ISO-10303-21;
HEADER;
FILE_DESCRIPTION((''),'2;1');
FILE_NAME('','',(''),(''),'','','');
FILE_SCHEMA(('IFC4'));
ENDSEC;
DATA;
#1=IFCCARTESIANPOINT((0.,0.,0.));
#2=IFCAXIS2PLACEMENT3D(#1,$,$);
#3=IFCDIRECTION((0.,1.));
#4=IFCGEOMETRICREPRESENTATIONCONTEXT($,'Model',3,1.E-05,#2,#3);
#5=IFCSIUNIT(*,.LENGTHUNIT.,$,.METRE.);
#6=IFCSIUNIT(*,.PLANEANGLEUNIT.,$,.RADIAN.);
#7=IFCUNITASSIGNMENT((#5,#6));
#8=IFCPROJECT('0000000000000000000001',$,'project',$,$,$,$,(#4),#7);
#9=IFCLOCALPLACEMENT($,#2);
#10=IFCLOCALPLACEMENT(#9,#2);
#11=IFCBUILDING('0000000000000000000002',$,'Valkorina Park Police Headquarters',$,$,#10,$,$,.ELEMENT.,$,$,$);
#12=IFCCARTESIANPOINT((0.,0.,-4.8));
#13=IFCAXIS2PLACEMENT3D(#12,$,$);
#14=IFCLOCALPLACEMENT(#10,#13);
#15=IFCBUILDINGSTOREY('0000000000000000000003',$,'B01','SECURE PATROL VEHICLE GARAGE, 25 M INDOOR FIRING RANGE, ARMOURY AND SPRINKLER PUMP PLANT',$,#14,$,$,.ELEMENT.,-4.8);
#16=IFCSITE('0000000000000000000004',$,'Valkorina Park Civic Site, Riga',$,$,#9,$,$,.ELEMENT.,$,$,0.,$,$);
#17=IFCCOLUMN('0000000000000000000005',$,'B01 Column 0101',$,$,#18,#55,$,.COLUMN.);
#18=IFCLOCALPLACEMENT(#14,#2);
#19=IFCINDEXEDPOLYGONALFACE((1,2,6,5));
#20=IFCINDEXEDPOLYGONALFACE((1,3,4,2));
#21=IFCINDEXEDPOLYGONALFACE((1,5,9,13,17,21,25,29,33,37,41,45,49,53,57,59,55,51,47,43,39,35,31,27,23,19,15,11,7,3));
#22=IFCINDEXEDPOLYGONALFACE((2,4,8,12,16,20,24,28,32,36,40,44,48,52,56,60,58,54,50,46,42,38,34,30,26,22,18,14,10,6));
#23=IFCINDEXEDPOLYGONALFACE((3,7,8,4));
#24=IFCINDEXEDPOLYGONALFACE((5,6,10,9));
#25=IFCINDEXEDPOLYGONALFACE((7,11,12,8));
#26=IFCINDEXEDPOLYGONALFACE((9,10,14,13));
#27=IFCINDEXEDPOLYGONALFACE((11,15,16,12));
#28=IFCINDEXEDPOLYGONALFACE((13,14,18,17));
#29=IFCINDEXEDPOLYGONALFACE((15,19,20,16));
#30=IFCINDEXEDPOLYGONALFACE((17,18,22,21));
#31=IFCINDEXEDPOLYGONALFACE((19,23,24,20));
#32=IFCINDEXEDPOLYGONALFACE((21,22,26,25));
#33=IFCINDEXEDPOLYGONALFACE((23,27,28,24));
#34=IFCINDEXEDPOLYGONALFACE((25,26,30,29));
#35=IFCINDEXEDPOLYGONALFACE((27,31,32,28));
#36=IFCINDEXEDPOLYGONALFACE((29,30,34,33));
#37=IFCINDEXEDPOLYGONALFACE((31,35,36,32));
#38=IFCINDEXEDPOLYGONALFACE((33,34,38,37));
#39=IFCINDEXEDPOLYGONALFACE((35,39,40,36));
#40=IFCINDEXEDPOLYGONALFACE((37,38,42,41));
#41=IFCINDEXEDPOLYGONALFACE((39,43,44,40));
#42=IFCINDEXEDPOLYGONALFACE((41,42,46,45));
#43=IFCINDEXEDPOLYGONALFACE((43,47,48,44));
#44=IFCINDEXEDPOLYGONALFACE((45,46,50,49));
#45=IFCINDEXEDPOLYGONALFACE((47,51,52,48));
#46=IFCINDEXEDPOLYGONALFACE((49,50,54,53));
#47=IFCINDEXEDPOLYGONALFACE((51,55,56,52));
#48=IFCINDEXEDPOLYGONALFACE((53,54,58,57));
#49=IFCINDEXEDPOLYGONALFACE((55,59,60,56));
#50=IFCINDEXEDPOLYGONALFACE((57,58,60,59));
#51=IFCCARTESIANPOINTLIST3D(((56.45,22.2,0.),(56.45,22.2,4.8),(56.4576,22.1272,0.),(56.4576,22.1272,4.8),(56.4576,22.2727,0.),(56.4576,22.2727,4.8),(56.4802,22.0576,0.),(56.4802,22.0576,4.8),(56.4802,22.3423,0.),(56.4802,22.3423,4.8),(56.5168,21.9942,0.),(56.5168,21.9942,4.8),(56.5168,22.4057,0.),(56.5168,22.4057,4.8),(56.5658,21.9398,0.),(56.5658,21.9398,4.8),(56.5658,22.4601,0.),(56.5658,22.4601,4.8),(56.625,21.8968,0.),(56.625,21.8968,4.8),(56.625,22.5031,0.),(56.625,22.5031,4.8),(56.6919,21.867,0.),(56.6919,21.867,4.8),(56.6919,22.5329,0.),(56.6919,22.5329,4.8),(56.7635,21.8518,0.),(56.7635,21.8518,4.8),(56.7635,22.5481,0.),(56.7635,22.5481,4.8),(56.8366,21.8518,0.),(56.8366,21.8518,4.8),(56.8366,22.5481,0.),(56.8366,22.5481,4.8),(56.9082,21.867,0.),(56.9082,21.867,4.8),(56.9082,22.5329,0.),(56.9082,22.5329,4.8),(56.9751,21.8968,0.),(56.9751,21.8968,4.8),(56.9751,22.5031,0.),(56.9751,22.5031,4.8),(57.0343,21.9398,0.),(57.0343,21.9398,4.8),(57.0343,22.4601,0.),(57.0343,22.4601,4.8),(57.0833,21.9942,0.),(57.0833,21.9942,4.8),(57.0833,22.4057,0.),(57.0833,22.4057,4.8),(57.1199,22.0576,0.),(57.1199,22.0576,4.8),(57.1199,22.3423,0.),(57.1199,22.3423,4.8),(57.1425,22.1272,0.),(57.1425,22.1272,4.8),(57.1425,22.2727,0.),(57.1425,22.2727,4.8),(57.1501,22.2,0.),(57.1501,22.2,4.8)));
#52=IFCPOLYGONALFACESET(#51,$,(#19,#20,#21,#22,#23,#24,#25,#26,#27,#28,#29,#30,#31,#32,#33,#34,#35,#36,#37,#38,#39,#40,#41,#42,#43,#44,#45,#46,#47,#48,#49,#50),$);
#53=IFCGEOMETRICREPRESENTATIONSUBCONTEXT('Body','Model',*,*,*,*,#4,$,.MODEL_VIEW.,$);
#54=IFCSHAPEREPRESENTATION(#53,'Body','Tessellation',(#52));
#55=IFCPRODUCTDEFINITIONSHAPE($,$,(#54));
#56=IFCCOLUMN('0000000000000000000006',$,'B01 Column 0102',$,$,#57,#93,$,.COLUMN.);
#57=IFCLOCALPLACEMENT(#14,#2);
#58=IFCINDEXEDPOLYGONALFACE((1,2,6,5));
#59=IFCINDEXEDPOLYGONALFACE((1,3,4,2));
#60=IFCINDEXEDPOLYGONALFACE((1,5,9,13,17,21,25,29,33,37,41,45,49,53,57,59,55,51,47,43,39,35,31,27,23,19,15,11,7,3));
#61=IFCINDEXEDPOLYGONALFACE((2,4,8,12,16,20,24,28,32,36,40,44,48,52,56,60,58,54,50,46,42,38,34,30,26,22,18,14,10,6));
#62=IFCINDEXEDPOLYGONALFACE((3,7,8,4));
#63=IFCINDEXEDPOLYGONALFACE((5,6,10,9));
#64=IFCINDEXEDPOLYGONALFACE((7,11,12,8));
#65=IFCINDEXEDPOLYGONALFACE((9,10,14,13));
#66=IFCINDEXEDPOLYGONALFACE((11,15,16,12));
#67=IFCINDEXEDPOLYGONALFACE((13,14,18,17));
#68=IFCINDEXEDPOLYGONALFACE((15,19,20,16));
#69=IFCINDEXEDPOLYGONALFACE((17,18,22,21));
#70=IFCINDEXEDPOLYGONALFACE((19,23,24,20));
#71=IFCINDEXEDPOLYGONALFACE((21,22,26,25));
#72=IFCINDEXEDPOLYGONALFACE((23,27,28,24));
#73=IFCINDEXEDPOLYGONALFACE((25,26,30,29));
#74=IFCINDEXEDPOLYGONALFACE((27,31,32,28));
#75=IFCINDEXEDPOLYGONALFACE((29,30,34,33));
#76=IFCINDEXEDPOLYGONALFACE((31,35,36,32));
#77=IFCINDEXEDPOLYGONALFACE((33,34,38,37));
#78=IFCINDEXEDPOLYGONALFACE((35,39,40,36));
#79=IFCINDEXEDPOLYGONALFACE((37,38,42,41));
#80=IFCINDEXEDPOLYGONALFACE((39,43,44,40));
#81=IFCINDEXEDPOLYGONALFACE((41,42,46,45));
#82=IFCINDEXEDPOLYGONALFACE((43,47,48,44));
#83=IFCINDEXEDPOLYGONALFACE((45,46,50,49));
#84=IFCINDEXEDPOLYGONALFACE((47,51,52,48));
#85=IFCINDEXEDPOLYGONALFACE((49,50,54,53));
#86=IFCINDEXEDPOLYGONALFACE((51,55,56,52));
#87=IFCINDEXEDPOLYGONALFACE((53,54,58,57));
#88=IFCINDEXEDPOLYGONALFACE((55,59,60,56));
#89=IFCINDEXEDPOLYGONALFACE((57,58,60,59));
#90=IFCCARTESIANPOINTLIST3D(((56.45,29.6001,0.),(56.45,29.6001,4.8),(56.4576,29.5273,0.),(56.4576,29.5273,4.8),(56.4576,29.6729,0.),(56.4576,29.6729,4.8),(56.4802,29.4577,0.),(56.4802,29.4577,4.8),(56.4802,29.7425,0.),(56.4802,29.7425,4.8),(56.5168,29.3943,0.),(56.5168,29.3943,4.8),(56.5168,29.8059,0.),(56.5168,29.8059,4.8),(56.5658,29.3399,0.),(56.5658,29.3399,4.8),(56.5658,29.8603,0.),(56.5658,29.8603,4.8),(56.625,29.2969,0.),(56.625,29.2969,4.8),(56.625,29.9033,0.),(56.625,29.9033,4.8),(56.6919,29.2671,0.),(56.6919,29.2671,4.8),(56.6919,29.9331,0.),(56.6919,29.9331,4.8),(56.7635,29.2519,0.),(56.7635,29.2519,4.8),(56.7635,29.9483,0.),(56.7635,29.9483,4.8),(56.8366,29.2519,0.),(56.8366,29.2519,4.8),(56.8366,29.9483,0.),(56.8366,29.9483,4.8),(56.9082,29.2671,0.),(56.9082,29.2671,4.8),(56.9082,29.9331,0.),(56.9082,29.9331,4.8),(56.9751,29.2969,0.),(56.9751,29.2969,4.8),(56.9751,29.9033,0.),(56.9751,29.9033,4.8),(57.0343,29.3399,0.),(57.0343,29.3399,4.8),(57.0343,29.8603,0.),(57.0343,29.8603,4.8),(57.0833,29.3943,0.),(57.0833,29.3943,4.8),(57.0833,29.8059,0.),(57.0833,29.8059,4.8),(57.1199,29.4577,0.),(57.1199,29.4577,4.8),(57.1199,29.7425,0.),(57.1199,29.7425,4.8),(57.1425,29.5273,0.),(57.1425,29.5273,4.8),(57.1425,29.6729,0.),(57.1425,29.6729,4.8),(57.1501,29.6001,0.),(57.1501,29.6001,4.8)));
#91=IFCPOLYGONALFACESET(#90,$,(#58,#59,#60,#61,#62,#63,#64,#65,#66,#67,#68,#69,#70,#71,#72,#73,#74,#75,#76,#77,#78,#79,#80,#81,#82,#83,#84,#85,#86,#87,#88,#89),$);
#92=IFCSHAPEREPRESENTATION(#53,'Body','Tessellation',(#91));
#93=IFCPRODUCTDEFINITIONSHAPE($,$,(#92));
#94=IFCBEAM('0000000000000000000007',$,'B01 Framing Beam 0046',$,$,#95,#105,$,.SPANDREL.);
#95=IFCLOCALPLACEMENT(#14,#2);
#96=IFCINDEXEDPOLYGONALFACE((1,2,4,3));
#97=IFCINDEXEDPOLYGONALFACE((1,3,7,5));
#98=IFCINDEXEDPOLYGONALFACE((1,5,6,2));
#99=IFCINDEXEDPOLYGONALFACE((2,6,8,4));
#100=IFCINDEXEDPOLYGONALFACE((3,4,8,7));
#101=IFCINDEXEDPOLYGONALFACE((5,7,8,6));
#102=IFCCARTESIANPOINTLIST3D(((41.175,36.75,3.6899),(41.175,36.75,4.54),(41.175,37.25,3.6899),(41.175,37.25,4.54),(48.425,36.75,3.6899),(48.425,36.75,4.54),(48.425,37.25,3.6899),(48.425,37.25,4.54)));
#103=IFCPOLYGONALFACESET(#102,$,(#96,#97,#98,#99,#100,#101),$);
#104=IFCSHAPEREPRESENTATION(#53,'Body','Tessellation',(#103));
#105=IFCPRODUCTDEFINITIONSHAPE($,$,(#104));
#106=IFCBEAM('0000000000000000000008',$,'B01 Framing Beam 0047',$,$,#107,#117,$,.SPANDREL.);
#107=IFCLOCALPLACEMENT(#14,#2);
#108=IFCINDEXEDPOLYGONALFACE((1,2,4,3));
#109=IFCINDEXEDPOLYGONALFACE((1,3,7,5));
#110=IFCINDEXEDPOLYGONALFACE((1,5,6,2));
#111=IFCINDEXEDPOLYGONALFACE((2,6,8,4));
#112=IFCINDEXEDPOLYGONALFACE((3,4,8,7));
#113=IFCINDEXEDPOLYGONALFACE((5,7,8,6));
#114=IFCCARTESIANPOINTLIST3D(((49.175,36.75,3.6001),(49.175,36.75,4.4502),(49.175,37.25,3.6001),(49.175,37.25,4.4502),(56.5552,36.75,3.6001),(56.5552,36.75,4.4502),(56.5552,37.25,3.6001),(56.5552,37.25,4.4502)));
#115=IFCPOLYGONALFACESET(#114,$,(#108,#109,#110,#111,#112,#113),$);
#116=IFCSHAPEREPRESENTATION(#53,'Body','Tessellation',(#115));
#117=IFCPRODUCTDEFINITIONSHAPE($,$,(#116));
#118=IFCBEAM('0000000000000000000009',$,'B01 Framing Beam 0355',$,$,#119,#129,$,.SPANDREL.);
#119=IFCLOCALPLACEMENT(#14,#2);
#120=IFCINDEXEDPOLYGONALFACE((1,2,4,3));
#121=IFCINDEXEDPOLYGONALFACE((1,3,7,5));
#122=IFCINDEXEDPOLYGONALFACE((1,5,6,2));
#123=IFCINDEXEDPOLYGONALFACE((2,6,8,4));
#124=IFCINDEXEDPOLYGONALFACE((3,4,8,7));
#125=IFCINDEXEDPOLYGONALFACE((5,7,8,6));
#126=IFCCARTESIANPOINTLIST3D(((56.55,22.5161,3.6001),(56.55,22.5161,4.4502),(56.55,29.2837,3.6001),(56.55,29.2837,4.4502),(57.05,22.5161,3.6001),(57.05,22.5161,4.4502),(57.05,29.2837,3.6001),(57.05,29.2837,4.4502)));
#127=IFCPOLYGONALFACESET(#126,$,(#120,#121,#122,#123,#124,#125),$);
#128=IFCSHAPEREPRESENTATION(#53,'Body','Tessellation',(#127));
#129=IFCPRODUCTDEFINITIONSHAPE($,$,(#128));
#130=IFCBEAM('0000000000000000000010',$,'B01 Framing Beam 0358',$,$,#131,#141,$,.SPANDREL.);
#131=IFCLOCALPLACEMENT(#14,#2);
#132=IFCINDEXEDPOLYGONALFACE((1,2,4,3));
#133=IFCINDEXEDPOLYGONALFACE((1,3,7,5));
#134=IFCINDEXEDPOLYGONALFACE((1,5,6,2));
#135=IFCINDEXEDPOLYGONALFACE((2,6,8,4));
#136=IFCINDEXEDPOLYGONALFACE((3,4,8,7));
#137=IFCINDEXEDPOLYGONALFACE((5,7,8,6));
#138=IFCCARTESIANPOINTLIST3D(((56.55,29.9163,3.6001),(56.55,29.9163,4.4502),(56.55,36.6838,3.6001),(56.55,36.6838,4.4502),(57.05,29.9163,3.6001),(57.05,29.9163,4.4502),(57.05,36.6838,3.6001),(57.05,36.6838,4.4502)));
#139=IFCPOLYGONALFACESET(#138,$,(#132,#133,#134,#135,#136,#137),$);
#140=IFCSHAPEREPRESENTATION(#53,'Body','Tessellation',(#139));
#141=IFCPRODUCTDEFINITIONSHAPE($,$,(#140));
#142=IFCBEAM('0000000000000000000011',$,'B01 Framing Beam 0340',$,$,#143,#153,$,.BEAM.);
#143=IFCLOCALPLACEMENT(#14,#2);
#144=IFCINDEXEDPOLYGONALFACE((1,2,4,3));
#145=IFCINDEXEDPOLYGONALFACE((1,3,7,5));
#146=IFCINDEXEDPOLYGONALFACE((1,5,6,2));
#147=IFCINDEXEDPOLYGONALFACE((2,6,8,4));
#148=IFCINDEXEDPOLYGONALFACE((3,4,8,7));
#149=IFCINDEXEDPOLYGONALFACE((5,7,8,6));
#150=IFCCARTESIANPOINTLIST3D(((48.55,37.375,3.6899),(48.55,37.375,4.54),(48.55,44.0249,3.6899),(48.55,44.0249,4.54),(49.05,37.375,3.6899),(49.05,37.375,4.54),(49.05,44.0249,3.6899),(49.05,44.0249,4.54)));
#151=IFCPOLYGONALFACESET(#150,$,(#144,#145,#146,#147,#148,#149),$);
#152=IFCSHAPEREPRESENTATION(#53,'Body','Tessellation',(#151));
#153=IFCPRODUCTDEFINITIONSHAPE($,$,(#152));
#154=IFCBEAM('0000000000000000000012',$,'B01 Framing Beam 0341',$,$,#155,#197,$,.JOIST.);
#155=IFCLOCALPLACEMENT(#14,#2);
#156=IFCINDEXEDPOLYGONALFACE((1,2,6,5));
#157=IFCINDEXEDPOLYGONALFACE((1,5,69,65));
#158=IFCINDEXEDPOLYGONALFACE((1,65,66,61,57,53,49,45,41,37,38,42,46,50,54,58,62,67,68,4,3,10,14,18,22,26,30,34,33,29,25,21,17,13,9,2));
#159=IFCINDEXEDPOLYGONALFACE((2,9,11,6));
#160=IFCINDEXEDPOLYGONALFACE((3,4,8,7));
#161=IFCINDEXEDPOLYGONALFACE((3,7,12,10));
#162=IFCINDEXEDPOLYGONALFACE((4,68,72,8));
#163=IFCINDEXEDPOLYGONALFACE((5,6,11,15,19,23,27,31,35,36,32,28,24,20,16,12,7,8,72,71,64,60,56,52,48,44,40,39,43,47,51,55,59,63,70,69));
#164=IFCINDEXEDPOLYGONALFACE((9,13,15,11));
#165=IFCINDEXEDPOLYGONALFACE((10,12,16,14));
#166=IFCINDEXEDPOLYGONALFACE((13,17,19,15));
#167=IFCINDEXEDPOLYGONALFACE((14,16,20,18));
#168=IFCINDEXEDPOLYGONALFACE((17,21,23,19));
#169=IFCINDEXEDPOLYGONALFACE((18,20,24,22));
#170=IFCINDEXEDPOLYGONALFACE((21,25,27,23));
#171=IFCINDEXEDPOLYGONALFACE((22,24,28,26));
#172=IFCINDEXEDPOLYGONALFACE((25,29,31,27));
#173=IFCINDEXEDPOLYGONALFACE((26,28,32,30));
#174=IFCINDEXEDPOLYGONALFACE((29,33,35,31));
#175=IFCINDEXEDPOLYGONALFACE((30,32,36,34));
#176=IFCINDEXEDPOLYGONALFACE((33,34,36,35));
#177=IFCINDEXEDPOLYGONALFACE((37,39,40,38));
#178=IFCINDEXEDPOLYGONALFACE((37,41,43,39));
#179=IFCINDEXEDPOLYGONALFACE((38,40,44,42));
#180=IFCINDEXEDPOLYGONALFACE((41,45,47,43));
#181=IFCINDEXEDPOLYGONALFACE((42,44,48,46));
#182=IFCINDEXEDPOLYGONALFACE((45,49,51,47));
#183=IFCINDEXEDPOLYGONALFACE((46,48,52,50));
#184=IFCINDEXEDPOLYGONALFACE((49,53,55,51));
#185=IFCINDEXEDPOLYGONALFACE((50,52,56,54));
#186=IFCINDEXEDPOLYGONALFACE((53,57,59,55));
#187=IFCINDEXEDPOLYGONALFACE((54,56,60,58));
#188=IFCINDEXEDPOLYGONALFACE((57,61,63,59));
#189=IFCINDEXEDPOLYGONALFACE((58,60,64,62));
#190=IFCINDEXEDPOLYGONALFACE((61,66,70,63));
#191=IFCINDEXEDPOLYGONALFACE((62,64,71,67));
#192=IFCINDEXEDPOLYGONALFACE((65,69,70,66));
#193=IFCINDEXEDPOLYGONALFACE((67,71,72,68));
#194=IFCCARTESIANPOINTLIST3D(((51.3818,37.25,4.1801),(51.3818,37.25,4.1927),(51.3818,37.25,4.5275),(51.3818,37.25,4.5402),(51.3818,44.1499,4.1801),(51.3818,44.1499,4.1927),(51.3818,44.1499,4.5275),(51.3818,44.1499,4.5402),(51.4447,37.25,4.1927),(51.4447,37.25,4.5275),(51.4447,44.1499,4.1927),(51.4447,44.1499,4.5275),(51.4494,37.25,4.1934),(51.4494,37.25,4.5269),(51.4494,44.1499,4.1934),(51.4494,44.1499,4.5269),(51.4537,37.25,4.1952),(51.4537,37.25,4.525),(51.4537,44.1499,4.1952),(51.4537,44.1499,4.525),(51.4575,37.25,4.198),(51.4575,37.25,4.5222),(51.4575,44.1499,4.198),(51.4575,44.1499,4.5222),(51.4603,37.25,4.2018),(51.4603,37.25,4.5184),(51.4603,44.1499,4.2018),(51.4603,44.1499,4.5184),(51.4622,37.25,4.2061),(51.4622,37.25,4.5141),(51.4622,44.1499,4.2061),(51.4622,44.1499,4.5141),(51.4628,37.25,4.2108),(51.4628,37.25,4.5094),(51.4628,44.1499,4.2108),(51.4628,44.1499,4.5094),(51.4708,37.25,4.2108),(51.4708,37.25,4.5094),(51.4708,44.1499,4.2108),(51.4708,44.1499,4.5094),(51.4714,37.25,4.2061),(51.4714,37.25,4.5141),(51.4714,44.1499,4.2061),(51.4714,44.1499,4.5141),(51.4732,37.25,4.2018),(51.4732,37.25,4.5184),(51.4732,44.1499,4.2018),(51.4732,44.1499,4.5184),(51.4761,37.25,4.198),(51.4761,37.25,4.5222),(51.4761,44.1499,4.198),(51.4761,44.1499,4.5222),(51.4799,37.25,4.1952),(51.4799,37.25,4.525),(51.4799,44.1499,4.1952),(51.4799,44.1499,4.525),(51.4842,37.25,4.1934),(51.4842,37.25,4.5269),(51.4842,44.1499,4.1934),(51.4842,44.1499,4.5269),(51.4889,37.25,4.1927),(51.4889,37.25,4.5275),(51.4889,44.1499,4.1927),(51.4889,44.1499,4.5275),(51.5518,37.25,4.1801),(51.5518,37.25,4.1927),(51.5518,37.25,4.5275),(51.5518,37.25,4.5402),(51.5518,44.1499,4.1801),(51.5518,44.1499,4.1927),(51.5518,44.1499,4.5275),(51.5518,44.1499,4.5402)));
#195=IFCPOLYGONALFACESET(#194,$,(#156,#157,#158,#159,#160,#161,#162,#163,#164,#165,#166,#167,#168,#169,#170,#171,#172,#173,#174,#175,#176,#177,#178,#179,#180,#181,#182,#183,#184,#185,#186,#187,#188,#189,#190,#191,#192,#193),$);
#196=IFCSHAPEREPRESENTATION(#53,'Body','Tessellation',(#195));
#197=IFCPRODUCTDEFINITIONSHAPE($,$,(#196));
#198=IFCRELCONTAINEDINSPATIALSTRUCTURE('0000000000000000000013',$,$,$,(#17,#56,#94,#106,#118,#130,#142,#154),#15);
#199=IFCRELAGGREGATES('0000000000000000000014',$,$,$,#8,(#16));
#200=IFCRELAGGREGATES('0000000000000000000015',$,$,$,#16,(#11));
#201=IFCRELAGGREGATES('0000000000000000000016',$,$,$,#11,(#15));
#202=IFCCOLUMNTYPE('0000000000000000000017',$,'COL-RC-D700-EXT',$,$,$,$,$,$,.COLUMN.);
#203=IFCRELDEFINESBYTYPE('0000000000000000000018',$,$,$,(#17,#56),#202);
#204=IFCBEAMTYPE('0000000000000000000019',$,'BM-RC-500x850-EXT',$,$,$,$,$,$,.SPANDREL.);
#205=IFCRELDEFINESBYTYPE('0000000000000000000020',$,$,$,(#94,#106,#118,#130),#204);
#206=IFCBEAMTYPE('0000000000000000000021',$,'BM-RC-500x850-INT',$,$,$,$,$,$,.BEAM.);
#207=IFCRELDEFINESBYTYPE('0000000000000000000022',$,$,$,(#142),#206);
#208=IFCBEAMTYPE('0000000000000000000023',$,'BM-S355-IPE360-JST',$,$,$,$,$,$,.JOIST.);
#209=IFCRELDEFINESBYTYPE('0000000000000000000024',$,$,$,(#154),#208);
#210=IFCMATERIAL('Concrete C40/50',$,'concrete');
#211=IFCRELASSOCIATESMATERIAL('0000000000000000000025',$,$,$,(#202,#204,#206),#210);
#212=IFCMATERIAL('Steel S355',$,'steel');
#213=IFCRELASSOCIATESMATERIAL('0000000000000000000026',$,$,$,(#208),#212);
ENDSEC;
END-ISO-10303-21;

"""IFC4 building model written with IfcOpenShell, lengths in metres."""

from ifc_helpers import new_model, si_unit, direction, frame, origin, origin_2d, place, context, subcontext, project, spatial, rectangle, circle, i_section, extrude, material, material_profile, profile_set, type_object, element, save


model = new_model("IFC4")

# Units and contexts
model_context = context("Model", 3, precision=1e-05, world=origin(), true_north=direction((0.0, 1.0)))
body_context = subcontext(model_context, "Body", "Model", "MODEL_VIEW")
ifc_project = project(units=[si_unit("LENGTHUNIT", "METRE"), si_unit("PLANEANGLEUNIT", "RADIAN")], contexts=[model_context])

# Site, building, storey
site_placement = place(None, origin())
site = spatial("IfcSite", under=ifc_project, at=site_placement, Name="Valkorina Park Civic Site, Riga", CompositionType="ELEMENT", RefElevation=0.0)
building_placement = place(site_placement, origin())
building = spatial("IfcBuilding", under=site, at=building_placement, Name="Valkorina Park Police Headquarters", CompositionType="ELEMENT")
storey_placement = place(building_placement, frame((0.0, 0.0, -4.8)))
storey = spatial("IfcBuildingStorey", under=building, at=storey_placement, Name="B01", Description="SECURE PATROL VEHICLE GARAGE, 25 M INDOOR FIRING RANGE, ARMOURY AND SPRINKLER PUMP PLANT", CompositionType="ELEMENT", Elevation=-4.8)

# Shared definitions
ifc_material_1 = material(Name="Concrete C40/50", Category="concrete")

# Columns
ifc_material_profile_1 = material_profile(ifc_material_1, circle(Radius=0.3501, at=origin_2d()), Name="RC COL D700")
ifc_profile_set_1 = profile_set([ifc_material_profile_1], Name="Concrete C40/50")
column_type_1 = type_object("IfcColumnType", Name="COL-RC-D700-EXT", PredefinedType="COLUMN", material=ifc_profile_set_1)
for number, where, z_axis, x_axis, name in (
    (1, (56.8, 22.2, 0.0), (0.0, 0.0, 1.0), (1.0, 0.0, 0.0), "B01 Column 0101"),
    (2, (56.8, 29.6001, 0.0), (0.0, 0.0, 1.0), (1.0, 0.0, 0.0), "B01 Column 0102"),
):
    element("IfcColumn", number, at=place(storey_placement, frame(where, z_axis=z_axis, x_axis=x_axis)), inside=storey, type_object=column_type_1, Name=name, PredefinedType="COLUMN", context=body_context, shape_type="SweptSolid", body=[
        extrude(circle(Radius=0.3501, at=origin_2d()), origin(), (0.0, 0.0, 1.0), 4.8),
    ])

# Beams
ifc_material_profile_2 = material_profile(ifc_material_1, rectangle(XDim=0.5, YDim=0.8501, at=origin_2d()), Name="RC BEAM 500x850")
ifc_profile_set_2 = profile_set([ifc_material_profile_2], Name="Concrete C40/50")
beam_type_1 = type_object("IfcBeamType", Name="BM-RC-500x850-EXT", PredefinedType="SPANDREL", material=ifc_profile_set_2)
beam_1_placement = place(storey_placement, frame((41.175, 37.0, 4.115), z_axis=(1.0, 0.0, 0.0), x_axis=(0.0, 1.0, 0.0)))
element("IfcBeam", 3, at=beam_1_placement, inside=storey, type_object=beam_type_1, Name="B01 Framing Beam 0046", PredefinedType="SPANDREL", context=body_context, shape_type="SweptSolid", body=[
    extrude(rectangle(XDim=0.5, YDim=0.8501, at=origin_2d()), origin(), (0.0, 0.0, 1.0), 7.25),
])
beam_2_placement = place(storey_placement, frame((49.175, 37.0, 4.0251), z_axis=(1.0, 0.0, 0.0), x_axis=(0.0, 1.0, 0.0)))
element("IfcBeam", 4, at=beam_2_placement, inside=storey, type_object=beam_type_1, Name="B01 Framing Beam 0047", PredefinedType="SPANDREL", context=body_context, shape_type="SweptSolid", body=[
    extrude(rectangle(XDim=0.5, YDim=0.8501, at=origin_2d()), origin(), (0.0, 0.0, 1.0), 7.3801),
])
for number, where, z_axis, x_axis, name in (
    (5, (56.8, 22.5161, 4.0251), (0.0, 1.0, 0.0), (-1.0, 0.0, 0.0), "B01 Framing Beam 0355"),
    (6, (56.8, 29.9163, 4.0251), (0.0, 1.0, 0.0), (-1.0, 0.0, 0.0), "B01 Framing Beam 0358"),
):
    element("IfcBeam", number, at=place(storey_placement, frame(where, z_axis=z_axis, x_axis=x_axis)), inside=storey, type_object=beam_type_1, Name=name, PredefinedType="SPANDREL", context=body_context, shape_type="SweptSolid", body=[
        extrude(rectangle(XDim=0.5, YDim=0.8501, at=origin_2d()), origin(), (0.0, 0.0, 1.0), 6.7676),
    ])
ifc_material_profile_3 = material_profile(ifc_material_1, rectangle(XDim=0.5, YDim=0.8501, at=origin_2d()), Name="RC BEAM 500x850")
ifc_profile_set_3 = profile_set([ifc_material_profile_3], Name="Concrete C40/50")
beam_type_2 = type_object("IfcBeamType", Name="BM-RC-500x850-INT", PredefinedType="BEAM", material=ifc_profile_set_3)
beam_3_placement = place(storey_placement, frame((48.8, 37.375, 4.115), z_axis=(0.0, 1.0, 0.0), x_axis=(-1.0, 0.0, 0.0)))
element("IfcBeam", 7, at=beam_3_placement, inside=storey, type_object=beam_type_2, Name="B01 Framing Beam 0340", PredefinedType="BEAM", context=body_context, shape_type="SweptSolid", body=[
    extrude(rectangle(XDim=0.5, YDim=0.8501, at=origin_2d()), origin(), (0.0, 0.0, 1.0), 6.6499),
])
ifc_material_2 = material(Name="Steel S355", Category="steel")
ifc_material_profile_4 = material_profile(ifc_material_2, i_section(OverallWidth=0.1699, OverallDepth=0.3601, WebThickness=0.0081, FlangeThickness=0.0127, FilletRadius=0.0181, at=origin_2d()), Name="IPE 360")
ifc_profile_set_4 = profile_set([ifc_material_profile_4], Name="Steel S355")
beam_type_3 = type_object("IfcBeamType", Name="BM-S355-IPE360-JST", PredefinedType="JOIST", material=ifc_profile_set_4)
for number, where, z_axis, x_axis, name in (
    (8, (51.4668, 37.25, 4.3601), (0.0, 1.0, 0.0), (-1.0, 0.0, 0.0), "B01 Framing Beam 0341"),
):
    element("IfcBeam", number, at=place(storey_placement, frame(where, z_axis=z_axis, x_axis=x_axis)), inside=storey, type_object=beam_type_3, Name=name, PredefinedType="JOIST", context=body_context, shape_type="SweptSolid", body=[
        extrude(i_section(OverallWidth=0.1699, OverallDepth=0.3601, WebThickness=0.0081, FlangeThickness=0.0127, FilletRadius=0.0181, at=origin_2d()), origin(), (0.0, 0.0, 1.0), 6.8999),
    ])

save(model, "model.ifc")
